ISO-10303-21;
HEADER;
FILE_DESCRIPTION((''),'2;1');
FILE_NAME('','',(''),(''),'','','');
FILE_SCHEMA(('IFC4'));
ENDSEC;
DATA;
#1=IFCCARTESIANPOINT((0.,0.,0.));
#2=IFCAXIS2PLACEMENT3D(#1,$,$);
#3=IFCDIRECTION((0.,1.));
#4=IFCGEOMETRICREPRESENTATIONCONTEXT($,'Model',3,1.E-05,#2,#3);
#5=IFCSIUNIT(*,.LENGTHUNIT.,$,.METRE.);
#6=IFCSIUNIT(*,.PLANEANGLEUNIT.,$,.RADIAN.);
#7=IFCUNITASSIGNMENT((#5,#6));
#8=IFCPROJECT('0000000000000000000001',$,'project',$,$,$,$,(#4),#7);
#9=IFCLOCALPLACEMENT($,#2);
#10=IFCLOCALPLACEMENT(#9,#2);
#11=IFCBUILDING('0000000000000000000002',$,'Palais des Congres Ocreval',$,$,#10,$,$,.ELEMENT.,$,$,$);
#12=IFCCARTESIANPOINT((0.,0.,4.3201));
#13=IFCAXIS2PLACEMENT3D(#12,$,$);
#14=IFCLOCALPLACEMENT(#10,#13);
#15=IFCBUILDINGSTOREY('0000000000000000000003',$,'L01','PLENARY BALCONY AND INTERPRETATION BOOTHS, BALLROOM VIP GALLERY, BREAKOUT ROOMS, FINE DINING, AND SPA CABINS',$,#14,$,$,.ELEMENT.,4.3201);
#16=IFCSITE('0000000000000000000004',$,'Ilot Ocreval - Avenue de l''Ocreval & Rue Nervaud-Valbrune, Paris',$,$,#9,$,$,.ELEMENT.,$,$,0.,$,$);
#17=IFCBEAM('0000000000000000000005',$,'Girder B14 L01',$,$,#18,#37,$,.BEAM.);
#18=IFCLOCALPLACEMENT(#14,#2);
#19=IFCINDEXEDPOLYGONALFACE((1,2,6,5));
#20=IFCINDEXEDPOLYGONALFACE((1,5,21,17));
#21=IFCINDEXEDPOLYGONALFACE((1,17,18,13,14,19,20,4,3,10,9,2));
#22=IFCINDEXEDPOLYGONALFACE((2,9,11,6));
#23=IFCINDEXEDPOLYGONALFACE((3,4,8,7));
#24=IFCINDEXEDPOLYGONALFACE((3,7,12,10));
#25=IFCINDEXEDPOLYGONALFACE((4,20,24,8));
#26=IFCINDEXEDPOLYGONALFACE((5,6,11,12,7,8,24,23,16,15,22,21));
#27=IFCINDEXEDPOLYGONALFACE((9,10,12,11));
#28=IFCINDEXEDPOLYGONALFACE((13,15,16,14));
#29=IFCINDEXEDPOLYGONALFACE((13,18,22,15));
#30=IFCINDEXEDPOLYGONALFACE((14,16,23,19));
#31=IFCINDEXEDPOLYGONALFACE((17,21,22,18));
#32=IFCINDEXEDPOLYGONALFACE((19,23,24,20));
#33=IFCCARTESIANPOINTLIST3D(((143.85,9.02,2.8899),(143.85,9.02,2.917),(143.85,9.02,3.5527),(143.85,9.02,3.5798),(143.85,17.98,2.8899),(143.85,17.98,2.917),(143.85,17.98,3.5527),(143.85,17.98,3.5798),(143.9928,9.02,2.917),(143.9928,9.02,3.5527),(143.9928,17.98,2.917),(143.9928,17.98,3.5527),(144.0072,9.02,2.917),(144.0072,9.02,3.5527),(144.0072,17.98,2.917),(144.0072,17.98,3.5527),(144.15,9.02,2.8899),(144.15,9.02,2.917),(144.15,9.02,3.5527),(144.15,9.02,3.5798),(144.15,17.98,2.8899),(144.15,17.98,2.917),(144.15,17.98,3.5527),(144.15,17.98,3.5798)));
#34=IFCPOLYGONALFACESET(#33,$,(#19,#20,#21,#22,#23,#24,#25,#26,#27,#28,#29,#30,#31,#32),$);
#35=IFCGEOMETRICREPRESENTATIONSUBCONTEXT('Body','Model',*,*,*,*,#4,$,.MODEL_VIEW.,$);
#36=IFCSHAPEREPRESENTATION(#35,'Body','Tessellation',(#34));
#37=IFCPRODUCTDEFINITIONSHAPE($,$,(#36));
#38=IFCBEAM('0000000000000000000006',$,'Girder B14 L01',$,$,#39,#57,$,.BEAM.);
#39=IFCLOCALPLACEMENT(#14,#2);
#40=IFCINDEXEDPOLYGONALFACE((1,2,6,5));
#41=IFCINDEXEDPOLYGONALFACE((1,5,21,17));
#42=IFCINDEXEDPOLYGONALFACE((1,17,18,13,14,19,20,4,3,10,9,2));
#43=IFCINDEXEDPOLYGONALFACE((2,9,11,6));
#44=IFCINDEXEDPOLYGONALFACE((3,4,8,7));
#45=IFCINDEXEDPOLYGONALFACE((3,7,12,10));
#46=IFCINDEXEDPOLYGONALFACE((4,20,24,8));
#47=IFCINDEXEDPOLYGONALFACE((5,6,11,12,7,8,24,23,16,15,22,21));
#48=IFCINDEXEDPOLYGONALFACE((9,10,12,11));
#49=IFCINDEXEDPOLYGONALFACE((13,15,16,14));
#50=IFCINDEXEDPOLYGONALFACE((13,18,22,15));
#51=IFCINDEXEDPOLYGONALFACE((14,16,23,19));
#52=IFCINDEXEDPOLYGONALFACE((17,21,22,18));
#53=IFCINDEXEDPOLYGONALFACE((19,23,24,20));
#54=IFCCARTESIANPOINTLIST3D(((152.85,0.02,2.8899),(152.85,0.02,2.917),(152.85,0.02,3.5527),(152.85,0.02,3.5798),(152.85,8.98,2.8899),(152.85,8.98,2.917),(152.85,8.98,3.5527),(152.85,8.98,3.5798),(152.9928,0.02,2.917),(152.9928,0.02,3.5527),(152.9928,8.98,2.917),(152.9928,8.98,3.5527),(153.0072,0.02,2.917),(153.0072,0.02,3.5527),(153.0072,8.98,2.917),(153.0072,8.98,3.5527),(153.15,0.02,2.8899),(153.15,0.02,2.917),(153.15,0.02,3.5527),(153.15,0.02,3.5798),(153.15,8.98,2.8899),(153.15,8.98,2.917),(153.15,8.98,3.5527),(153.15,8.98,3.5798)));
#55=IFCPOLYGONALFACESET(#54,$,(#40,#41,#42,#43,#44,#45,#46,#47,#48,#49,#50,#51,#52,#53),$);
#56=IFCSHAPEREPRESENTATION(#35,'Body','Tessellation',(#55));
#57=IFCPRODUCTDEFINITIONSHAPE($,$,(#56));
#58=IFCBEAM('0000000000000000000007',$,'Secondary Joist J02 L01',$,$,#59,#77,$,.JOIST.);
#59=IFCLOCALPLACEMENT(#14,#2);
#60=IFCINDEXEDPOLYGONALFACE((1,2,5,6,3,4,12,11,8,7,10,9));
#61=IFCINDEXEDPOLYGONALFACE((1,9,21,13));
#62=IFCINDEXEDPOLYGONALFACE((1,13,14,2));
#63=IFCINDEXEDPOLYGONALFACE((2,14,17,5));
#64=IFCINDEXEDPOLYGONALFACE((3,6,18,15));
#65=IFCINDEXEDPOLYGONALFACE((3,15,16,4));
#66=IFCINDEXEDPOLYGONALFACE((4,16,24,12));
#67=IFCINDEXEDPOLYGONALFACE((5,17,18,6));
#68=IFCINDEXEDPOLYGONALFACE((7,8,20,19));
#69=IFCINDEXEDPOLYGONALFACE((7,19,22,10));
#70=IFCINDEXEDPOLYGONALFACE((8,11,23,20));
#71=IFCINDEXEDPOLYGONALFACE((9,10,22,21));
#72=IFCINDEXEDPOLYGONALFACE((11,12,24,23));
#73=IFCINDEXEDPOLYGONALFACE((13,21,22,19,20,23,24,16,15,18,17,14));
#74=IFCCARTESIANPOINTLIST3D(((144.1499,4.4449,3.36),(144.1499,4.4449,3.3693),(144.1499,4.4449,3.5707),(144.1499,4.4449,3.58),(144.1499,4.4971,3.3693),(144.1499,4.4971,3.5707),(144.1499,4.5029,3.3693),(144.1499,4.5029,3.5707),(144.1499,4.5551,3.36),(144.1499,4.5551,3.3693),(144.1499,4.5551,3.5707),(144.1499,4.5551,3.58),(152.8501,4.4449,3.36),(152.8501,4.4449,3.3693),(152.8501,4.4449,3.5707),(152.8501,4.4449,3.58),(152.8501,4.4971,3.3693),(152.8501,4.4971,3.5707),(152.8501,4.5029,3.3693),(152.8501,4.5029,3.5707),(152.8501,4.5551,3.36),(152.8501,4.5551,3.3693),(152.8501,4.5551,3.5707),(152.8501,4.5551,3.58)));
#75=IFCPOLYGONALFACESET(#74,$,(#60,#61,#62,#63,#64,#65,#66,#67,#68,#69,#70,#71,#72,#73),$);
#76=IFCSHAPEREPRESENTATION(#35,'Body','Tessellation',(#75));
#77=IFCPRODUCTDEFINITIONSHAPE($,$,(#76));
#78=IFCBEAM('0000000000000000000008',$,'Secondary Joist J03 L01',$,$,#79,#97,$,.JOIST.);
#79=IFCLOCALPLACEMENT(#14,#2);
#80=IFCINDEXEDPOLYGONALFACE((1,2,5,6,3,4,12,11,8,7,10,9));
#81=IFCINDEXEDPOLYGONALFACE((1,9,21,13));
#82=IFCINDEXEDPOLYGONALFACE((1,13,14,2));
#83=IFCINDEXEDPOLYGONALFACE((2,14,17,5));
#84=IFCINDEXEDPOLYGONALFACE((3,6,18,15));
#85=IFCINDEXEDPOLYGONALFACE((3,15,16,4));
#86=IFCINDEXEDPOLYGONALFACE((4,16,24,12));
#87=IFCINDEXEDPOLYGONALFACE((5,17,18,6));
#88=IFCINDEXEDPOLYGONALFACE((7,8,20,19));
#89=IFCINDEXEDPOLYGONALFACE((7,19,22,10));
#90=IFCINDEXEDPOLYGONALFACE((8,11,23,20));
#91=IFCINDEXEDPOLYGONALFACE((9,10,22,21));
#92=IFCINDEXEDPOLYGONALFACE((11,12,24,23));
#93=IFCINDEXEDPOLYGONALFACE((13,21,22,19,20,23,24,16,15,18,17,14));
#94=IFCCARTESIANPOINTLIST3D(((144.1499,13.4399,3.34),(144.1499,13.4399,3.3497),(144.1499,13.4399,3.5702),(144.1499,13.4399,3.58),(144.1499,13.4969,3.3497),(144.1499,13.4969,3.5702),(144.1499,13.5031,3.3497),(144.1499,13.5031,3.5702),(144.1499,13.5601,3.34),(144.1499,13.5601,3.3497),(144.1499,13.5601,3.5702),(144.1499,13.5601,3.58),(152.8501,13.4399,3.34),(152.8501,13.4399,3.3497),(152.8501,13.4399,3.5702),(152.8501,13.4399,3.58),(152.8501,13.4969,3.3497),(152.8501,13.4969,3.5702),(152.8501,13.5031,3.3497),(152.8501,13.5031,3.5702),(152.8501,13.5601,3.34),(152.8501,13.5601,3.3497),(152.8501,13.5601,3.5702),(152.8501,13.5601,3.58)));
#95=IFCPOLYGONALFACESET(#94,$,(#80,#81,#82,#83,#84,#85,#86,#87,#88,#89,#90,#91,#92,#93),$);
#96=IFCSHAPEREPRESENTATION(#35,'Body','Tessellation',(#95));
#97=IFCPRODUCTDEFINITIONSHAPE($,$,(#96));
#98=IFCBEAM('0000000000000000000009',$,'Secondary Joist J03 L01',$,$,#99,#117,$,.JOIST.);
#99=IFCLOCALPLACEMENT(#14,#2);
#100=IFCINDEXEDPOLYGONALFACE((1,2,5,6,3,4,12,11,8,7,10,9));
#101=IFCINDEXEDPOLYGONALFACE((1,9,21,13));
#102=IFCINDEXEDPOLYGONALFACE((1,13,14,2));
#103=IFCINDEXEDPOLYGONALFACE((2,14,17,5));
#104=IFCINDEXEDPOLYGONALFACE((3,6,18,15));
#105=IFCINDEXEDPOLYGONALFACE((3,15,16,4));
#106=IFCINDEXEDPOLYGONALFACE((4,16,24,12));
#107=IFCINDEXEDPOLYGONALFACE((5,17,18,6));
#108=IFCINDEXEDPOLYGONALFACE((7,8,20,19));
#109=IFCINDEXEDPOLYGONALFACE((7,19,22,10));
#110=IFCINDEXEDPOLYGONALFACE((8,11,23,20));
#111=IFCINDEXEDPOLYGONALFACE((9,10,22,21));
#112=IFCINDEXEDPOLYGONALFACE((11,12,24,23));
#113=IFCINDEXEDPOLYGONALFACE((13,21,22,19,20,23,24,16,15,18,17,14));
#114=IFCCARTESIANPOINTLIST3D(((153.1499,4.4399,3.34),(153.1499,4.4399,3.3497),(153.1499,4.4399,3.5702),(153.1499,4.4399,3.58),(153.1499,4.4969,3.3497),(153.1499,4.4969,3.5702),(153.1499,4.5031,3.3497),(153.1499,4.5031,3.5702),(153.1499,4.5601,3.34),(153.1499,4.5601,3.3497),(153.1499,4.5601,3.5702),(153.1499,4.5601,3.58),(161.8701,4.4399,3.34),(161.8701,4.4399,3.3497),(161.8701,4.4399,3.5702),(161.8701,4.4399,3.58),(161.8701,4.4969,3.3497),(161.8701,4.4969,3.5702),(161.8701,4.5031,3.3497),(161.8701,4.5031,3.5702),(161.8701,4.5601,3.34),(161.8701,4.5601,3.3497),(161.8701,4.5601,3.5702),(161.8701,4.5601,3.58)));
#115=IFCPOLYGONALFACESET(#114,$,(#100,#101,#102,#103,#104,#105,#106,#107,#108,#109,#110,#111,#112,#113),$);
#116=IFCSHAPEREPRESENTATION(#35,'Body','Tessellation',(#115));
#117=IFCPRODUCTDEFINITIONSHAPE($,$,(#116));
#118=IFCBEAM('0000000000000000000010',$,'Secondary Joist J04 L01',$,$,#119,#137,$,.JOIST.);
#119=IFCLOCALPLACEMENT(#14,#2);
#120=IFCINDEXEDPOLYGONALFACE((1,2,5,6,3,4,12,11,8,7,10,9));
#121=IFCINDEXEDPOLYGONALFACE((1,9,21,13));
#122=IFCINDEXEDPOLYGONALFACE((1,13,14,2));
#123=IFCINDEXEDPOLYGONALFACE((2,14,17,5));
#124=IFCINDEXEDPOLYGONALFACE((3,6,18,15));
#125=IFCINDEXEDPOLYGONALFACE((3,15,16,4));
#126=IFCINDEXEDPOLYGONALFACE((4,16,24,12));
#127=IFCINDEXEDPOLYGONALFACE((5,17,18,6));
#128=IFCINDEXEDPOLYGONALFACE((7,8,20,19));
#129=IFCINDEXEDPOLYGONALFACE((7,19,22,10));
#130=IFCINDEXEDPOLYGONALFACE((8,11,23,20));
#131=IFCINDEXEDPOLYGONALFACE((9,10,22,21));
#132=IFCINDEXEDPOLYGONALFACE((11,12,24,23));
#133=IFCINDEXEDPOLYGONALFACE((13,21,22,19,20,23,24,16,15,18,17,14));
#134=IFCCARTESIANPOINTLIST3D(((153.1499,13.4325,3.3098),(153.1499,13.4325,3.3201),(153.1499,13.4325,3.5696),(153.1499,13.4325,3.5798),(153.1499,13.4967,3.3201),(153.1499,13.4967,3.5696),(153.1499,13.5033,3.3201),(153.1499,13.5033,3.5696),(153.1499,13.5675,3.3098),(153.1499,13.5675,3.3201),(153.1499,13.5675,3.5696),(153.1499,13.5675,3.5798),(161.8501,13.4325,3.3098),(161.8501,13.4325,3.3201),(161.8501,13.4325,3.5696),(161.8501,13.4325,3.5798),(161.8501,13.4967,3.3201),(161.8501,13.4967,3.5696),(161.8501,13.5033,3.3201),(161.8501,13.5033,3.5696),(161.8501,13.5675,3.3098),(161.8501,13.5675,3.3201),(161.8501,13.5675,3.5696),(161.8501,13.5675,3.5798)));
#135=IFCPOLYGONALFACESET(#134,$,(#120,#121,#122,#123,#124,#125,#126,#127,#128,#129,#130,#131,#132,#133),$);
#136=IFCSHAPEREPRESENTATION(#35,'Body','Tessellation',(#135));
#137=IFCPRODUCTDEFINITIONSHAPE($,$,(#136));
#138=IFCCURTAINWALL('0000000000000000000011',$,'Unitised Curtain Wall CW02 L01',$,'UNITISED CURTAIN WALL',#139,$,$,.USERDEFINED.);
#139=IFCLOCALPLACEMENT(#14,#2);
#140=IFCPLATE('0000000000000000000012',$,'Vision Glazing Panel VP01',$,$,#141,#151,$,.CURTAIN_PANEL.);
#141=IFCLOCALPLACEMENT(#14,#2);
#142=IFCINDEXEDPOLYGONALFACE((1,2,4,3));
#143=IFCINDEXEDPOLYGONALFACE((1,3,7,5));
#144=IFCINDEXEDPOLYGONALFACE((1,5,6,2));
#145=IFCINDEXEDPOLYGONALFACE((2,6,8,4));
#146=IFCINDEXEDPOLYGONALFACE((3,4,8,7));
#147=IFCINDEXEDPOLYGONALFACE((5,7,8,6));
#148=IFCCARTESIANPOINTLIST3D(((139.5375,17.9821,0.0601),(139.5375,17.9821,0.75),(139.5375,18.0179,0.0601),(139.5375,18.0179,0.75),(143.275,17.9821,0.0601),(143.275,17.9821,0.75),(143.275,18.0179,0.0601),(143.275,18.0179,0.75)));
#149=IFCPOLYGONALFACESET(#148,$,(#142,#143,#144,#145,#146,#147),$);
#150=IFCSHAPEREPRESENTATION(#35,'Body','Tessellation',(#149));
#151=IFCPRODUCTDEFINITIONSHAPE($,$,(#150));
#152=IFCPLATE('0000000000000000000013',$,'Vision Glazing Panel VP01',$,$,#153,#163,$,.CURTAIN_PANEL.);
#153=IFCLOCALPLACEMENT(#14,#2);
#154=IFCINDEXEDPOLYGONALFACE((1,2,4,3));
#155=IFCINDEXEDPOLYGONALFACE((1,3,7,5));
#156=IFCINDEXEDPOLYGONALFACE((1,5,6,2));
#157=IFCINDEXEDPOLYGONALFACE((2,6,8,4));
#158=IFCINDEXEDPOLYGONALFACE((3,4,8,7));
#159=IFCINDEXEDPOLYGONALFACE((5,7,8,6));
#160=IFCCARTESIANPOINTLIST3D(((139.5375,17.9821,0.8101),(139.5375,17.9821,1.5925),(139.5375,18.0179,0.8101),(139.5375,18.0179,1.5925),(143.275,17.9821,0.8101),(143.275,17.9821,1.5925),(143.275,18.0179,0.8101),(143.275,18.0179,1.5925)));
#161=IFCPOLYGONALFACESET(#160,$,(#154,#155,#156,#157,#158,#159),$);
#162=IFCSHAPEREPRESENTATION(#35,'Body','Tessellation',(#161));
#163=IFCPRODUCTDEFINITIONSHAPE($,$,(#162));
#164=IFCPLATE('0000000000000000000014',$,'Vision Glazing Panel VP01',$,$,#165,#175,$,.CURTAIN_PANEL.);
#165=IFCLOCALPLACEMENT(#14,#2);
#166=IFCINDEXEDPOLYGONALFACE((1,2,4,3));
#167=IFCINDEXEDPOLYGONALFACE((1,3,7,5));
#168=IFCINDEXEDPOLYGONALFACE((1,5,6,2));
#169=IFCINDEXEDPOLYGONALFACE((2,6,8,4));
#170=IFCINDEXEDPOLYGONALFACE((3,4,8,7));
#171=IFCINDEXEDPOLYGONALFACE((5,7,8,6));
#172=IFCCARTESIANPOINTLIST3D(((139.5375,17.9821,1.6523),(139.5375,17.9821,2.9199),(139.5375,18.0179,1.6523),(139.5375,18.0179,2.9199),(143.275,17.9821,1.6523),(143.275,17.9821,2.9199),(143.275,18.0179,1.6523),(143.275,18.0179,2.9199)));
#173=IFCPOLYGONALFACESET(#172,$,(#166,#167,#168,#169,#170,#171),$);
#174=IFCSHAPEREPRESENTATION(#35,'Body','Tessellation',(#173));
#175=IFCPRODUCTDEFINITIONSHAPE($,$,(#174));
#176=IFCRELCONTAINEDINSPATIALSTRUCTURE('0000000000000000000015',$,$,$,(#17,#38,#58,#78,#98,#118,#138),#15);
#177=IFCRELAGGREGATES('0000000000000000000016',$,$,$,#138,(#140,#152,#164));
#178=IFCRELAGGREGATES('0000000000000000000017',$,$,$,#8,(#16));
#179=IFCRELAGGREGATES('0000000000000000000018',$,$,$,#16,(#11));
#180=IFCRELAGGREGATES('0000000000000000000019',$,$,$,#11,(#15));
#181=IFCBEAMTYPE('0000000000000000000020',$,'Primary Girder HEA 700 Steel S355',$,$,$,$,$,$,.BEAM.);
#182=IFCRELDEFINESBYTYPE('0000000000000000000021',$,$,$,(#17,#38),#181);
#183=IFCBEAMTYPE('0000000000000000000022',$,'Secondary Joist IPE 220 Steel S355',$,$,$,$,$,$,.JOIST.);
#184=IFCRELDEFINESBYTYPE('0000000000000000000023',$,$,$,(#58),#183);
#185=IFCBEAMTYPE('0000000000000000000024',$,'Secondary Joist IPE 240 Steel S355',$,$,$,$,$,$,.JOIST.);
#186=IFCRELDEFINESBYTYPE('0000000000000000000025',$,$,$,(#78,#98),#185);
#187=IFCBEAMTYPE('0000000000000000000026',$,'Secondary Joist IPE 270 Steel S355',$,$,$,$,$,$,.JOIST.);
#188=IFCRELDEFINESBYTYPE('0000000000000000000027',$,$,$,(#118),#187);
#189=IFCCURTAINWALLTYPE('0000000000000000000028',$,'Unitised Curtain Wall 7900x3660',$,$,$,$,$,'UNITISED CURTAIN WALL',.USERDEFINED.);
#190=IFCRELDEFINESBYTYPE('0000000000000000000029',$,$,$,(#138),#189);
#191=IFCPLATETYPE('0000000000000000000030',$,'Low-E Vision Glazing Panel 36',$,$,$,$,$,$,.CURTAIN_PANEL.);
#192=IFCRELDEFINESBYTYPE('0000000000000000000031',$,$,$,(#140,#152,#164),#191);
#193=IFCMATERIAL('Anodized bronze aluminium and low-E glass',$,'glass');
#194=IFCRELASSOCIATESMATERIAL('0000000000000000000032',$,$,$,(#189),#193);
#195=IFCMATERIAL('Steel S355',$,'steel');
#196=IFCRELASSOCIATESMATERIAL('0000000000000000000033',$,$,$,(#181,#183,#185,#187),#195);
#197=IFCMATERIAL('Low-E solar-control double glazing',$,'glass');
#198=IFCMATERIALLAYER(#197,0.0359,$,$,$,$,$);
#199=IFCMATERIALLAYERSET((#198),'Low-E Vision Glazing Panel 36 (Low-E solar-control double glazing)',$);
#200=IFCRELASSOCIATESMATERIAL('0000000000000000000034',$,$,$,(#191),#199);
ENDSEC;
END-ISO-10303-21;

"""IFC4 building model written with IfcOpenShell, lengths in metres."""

from ifc_helpers import new_model, si_unit, direction, frame, origin, origin_2d, place, context, subcontext, project, spatial, rectangle, i_section, extrude, material, layer, layer_set, material_profile, profile_set, type_object, element, aggregate, save


model = new_model("IFC4")

# Units and contexts
model_context = context("Model", 3, precision=1e-05, world=origin(), true_north=direction((0.0, 1.0)))
body_context = subcontext(model_context, "Body", "Model", "MODEL_VIEW")
ifc_project = project(units=[si_unit("LENGTHUNIT", "METRE"), si_unit("PLANEANGLEUNIT", "RADIAN")], contexts=[model_context])

# Site, building, storey
site_placement = place(None, origin())
site = spatial("IfcSite", under=ifc_project, at=site_placement, Name="Ilot Ocreval - Avenue de l'Ocreval & Rue Nervaud-Valbrune, Paris", CompositionType="ELEMENT", RefElevation=0.0)
building_placement = place(site_placement, origin())
building = spatial("IfcBuilding", under=site, at=building_placement, Name="Palais des Congres Ocreval", CompositionType="ELEMENT")
storey_placement = place(building_placement, frame((0.0, 0.0, 4.3201)))
storey = spatial("IfcBuildingStorey", under=building, at=storey_placement, Name="L01", Description="PLENARY BALCONY AND INTERPRETATION BOOTHS, BALLROOM VIP GALLERY, BREAKOUT ROOMS, FINE DINING, AND SPA CABINS", CompositionType="ELEMENT", Elevation=4.3201)

# Shared definitions
ifc_material_1 = material(Name="Steel S355", Category="steel")

# Shared definitions
ifc_material_2 = material(Name="Anodized bronze aluminium and low-E glass", Category="glass")
curtain_wall_type = type_object("IfcCurtainWallType", Name="Unitised Curtain Wall 7900x3660", ElementType="UNITISED CURTAIN WALL", PredefinedType="USERDEFINED", material=ifc_material_2)

# Beams
ifc_material_profile_1 = material_profile(ifc_material_1, i_section(OverallWidth=0.3, OverallDepth=0.6899, WebThickness=0.0144, FlangeThickness=0.0271, at=origin_2d()), Name="HEA 700")
ifc_profile_set_1 = profile_set([ifc_material_profile_1], Name="Steel S355")
beam_type_1 = type_object("IfcBeamType", Name="Primary Girder HEA 700 Steel S355", PredefinedType="BEAM", material=ifc_profile_set_1)
for number, where, z_axis, x_axis, name in (
    (1, (144.0, 9.02, 3.2349), (0.0, 1.0, 0.0), (-1.0, 0.0, 0.0), "Girder B14 L01"),
    (2, (153.0, 0.02, 3.2349), (0.0, 1.0, 0.0), (-1.0, 0.0, 0.0), "Girder B14 L01"),
):
    element("IfcBeam", number, at=place(storey_placement, frame(where, z_axis=z_axis, x_axis=x_axis)), inside=storey, type_object=beam_type_1, Name=name, PredefinedType="BEAM", context=body_context, shape_type="SweptSolid", body=[
        extrude(i_section(OverallWidth=0.3, OverallDepth=0.6899, WebThickness=0.0144, FlangeThickness=0.0271, at=origin_2d()), origin(), (0.0, 0.0, 1.0), 8.96),
    ])
ifc_material_profile_2 = material_profile(ifc_material_1, i_section(OverallWidth=0.1101, OverallDepth=0.22, WebThickness=0.0059, FlangeThickness=0.0093, at=origin_2d()), Name="IPE 220")
ifc_profile_set_2 = profile_set([ifc_material_profile_2], Name="Steel S355")
beam_type_2 = type_object("IfcBeamType", Name="Secondary Joist IPE 220 Steel S355", PredefinedType="JOIST", material=ifc_profile_set_2)
beam_1_placement = place(storey_placement, frame((144.1499, 4.5, 3.47), z_axis=(1.0, 0.0, 0.0), x_axis=(0.0, 1.0, 0.0)))
element("IfcBeam", 3, at=beam_1_placement, inside=storey, type_object=beam_type_2, Name="Secondary Joist J02 L01", PredefinedType="JOIST", context=body_context, shape_type="SweptSolid", body=[
    extrude(i_section(OverallWidth=0.1101, OverallDepth=0.22, WebThickness=0.0059, FlangeThickness=0.0093, at=origin_2d()), origin(), (0.0, 0.0, 1.0), 8.7002),
])
ifc_material_profile_3 = material_profile(ifc_material_1, i_section(OverallWidth=0.1201, OverallDepth=0.24, WebThickness=0.0061, FlangeThickness=0.0098, at=origin_2d()), Name="IPE 240")
ifc_profile_set_3 = profile_set([ifc_material_profile_3], Name="Steel S355")
beam_type_3 = type_object("IfcBeamType", Name="Secondary Joist IPE 240 Steel S355", PredefinedType="JOIST", material=ifc_profile_set_3)
beam_2_placement = place(storey_placement, frame((144.1499, 13.5, 3.46), z_axis=(1.0, 0.0, 0.0), x_axis=(0.0, 1.0, 0.0)))
element("IfcBeam", 4, at=beam_2_placement, inside=storey, type_object=beam_type_3, Name="Secondary Joist J03 L01", PredefinedType="JOIST", context=body_context, shape_type="SweptSolid", body=[
    extrude(i_section(OverallWidth=0.1201, OverallDepth=0.24, WebThickness=0.0061, FlangeThickness=0.0098, at=origin_2d()), origin(), (0.0, 0.0, 1.0), 8.7002),
])
beam_3_placement = place(storey_placement, frame((153.1499, 4.5, 3.46), z_axis=(1.0, 0.0, 0.0), x_axis=(0.0, 1.0, 0.0)))
element("IfcBeam", 5, at=beam_3_placement, inside=storey, type_object=beam_type_3, Name="Secondary Joist J03 L01", PredefinedType="JOIST", context=body_context, shape_type="SweptSolid", body=[
    extrude(i_section(OverallWidth=0.1201, OverallDepth=0.24, WebThickness=0.0061, FlangeThickness=0.0098, at=origin_2d()), origin(), (0.0, 0.0, 1.0), 8.7202),
])
ifc_material_profile_4 = material_profile(ifc_material_1, i_section(OverallWidth=0.135, OverallDepth=0.27, WebThickness=0.0066, FlangeThickness=0.0103, at=origin_2d()), Name="IPE 270")
ifc_profile_set_4 = profile_set([ifc_material_profile_4], Name="Steel S355")
beam_type_4 = type_object("IfcBeamType", Name="Secondary Joist IPE 270 Steel S355", PredefinedType="JOIST", material=ifc_profile_set_4)
beam_4_placement = place(storey_placement, frame((153.1499, 13.5, 3.4448), z_axis=(1.0, 0.0, 0.0), x_axis=(0.0, 1.0, 0.0)))
element("IfcBeam", 6, at=beam_4_placement, inside=storey, type_object=beam_type_4, Name="Secondary Joist J04 L01", PredefinedType="JOIST", context=body_context, shape_type="SweptSolid", body=[
    extrude(i_section(OverallWidth=0.135, OverallDepth=0.27, WebThickness=0.0066, FlangeThickness=0.0103, at=origin_2d()), origin(), (0.0, 0.0, 1.0), 8.7002),
])

# Curtain wall, plates
curtain_wall_1_placement = place(storey_placement, origin())
curtain_wall_1 = element("IfcCurtainWall", 7, at=curtain_wall_1_placement, inside=storey, type_object=curtain_wall_type, Name="Unitised Curtain Wall CW02 L01", ObjectType="UNITISED CURTAIN WALL", PredefinedType="USERDEFINED")
ifc_material_3 = material(Name="Low-E solar-control double glazing", Category="glass")
ifc_layer_1 = layer(ifc_material_3, 0.0359)
ifc_layer_set_1 = layer_set([ifc_layer_1], Name="Low-E Vision Glazing Panel 36 (Low-E solar-control double glazing)")
plate_type = type_object("IfcPlateType", Name="Low-E Vision Glazing Panel 36", PredefinedType="CURTAIN_PANEL", material=ifc_layer_set_1)
plate_1_placement = place(storey_placement, frame((141.4062, 18.0, 0.0601), z_axis=(0.0, 0.0, 1.0), x_axis=(1.0, 0.0, 0.0)))
plate_1 = element("IfcPlate", 8, at=plate_1_placement, type_object=plate_type, Name="Vision Glazing Panel VP01", PredefinedType="CURTAIN_PANEL", context=body_context, shape_type="SweptSolid", body=[
    extrude(rectangle(XDim=3.7375, YDim=0.0359, at=origin_2d()), origin(), (0.0, 0.0, 1.0), 0.6899),
])
plate_2_placement = place(storey_placement, frame((141.4062, 18.0, 0.8101), z_axis=(0.0, 0.0, 1.0), x_axis=(1.0, 0.0, 0.0)))
plate_2 = element("IfcPlate", 9, at=plate_2_placement, type_object=plate_type, Name="Vision Glazing Panel VP01", PredefinedType="CURTAIN_PANEL", context=body_context, shape_type="SweptSolid", body=[
    extrude(rectangle(XDim=3.7375, YDim=0.0359, at=origin_2d()), origin(), (0.0, 0.0, 1.0), 0.7825),
])
plate_3_placement = place(storey_placement, frame((141.4062, 18.0, 1.6523), z_axis=(0.0, 0.0, 1.0), x_axis=(1.0, 0.0, 0.0)))
plate_3 = element("IfcPlate", 10, at=plate_3_placement, type_object=plate_type, Name="Vision Glazing Panel VP01", PredefinedType="CURTAIN_PANEL", context=body_context, shape_type="SweptSolid", body=[
    extrude(rectangle(XDim=3.7375, YDim=0.0359, at=origin_2d()), origin(), (0.0, 0.0, 1.0), 1.2676),
])
aggregate(curtain_wall_1, [plate_1, plate_2, plate_3])

save(model, "model.ifc")
